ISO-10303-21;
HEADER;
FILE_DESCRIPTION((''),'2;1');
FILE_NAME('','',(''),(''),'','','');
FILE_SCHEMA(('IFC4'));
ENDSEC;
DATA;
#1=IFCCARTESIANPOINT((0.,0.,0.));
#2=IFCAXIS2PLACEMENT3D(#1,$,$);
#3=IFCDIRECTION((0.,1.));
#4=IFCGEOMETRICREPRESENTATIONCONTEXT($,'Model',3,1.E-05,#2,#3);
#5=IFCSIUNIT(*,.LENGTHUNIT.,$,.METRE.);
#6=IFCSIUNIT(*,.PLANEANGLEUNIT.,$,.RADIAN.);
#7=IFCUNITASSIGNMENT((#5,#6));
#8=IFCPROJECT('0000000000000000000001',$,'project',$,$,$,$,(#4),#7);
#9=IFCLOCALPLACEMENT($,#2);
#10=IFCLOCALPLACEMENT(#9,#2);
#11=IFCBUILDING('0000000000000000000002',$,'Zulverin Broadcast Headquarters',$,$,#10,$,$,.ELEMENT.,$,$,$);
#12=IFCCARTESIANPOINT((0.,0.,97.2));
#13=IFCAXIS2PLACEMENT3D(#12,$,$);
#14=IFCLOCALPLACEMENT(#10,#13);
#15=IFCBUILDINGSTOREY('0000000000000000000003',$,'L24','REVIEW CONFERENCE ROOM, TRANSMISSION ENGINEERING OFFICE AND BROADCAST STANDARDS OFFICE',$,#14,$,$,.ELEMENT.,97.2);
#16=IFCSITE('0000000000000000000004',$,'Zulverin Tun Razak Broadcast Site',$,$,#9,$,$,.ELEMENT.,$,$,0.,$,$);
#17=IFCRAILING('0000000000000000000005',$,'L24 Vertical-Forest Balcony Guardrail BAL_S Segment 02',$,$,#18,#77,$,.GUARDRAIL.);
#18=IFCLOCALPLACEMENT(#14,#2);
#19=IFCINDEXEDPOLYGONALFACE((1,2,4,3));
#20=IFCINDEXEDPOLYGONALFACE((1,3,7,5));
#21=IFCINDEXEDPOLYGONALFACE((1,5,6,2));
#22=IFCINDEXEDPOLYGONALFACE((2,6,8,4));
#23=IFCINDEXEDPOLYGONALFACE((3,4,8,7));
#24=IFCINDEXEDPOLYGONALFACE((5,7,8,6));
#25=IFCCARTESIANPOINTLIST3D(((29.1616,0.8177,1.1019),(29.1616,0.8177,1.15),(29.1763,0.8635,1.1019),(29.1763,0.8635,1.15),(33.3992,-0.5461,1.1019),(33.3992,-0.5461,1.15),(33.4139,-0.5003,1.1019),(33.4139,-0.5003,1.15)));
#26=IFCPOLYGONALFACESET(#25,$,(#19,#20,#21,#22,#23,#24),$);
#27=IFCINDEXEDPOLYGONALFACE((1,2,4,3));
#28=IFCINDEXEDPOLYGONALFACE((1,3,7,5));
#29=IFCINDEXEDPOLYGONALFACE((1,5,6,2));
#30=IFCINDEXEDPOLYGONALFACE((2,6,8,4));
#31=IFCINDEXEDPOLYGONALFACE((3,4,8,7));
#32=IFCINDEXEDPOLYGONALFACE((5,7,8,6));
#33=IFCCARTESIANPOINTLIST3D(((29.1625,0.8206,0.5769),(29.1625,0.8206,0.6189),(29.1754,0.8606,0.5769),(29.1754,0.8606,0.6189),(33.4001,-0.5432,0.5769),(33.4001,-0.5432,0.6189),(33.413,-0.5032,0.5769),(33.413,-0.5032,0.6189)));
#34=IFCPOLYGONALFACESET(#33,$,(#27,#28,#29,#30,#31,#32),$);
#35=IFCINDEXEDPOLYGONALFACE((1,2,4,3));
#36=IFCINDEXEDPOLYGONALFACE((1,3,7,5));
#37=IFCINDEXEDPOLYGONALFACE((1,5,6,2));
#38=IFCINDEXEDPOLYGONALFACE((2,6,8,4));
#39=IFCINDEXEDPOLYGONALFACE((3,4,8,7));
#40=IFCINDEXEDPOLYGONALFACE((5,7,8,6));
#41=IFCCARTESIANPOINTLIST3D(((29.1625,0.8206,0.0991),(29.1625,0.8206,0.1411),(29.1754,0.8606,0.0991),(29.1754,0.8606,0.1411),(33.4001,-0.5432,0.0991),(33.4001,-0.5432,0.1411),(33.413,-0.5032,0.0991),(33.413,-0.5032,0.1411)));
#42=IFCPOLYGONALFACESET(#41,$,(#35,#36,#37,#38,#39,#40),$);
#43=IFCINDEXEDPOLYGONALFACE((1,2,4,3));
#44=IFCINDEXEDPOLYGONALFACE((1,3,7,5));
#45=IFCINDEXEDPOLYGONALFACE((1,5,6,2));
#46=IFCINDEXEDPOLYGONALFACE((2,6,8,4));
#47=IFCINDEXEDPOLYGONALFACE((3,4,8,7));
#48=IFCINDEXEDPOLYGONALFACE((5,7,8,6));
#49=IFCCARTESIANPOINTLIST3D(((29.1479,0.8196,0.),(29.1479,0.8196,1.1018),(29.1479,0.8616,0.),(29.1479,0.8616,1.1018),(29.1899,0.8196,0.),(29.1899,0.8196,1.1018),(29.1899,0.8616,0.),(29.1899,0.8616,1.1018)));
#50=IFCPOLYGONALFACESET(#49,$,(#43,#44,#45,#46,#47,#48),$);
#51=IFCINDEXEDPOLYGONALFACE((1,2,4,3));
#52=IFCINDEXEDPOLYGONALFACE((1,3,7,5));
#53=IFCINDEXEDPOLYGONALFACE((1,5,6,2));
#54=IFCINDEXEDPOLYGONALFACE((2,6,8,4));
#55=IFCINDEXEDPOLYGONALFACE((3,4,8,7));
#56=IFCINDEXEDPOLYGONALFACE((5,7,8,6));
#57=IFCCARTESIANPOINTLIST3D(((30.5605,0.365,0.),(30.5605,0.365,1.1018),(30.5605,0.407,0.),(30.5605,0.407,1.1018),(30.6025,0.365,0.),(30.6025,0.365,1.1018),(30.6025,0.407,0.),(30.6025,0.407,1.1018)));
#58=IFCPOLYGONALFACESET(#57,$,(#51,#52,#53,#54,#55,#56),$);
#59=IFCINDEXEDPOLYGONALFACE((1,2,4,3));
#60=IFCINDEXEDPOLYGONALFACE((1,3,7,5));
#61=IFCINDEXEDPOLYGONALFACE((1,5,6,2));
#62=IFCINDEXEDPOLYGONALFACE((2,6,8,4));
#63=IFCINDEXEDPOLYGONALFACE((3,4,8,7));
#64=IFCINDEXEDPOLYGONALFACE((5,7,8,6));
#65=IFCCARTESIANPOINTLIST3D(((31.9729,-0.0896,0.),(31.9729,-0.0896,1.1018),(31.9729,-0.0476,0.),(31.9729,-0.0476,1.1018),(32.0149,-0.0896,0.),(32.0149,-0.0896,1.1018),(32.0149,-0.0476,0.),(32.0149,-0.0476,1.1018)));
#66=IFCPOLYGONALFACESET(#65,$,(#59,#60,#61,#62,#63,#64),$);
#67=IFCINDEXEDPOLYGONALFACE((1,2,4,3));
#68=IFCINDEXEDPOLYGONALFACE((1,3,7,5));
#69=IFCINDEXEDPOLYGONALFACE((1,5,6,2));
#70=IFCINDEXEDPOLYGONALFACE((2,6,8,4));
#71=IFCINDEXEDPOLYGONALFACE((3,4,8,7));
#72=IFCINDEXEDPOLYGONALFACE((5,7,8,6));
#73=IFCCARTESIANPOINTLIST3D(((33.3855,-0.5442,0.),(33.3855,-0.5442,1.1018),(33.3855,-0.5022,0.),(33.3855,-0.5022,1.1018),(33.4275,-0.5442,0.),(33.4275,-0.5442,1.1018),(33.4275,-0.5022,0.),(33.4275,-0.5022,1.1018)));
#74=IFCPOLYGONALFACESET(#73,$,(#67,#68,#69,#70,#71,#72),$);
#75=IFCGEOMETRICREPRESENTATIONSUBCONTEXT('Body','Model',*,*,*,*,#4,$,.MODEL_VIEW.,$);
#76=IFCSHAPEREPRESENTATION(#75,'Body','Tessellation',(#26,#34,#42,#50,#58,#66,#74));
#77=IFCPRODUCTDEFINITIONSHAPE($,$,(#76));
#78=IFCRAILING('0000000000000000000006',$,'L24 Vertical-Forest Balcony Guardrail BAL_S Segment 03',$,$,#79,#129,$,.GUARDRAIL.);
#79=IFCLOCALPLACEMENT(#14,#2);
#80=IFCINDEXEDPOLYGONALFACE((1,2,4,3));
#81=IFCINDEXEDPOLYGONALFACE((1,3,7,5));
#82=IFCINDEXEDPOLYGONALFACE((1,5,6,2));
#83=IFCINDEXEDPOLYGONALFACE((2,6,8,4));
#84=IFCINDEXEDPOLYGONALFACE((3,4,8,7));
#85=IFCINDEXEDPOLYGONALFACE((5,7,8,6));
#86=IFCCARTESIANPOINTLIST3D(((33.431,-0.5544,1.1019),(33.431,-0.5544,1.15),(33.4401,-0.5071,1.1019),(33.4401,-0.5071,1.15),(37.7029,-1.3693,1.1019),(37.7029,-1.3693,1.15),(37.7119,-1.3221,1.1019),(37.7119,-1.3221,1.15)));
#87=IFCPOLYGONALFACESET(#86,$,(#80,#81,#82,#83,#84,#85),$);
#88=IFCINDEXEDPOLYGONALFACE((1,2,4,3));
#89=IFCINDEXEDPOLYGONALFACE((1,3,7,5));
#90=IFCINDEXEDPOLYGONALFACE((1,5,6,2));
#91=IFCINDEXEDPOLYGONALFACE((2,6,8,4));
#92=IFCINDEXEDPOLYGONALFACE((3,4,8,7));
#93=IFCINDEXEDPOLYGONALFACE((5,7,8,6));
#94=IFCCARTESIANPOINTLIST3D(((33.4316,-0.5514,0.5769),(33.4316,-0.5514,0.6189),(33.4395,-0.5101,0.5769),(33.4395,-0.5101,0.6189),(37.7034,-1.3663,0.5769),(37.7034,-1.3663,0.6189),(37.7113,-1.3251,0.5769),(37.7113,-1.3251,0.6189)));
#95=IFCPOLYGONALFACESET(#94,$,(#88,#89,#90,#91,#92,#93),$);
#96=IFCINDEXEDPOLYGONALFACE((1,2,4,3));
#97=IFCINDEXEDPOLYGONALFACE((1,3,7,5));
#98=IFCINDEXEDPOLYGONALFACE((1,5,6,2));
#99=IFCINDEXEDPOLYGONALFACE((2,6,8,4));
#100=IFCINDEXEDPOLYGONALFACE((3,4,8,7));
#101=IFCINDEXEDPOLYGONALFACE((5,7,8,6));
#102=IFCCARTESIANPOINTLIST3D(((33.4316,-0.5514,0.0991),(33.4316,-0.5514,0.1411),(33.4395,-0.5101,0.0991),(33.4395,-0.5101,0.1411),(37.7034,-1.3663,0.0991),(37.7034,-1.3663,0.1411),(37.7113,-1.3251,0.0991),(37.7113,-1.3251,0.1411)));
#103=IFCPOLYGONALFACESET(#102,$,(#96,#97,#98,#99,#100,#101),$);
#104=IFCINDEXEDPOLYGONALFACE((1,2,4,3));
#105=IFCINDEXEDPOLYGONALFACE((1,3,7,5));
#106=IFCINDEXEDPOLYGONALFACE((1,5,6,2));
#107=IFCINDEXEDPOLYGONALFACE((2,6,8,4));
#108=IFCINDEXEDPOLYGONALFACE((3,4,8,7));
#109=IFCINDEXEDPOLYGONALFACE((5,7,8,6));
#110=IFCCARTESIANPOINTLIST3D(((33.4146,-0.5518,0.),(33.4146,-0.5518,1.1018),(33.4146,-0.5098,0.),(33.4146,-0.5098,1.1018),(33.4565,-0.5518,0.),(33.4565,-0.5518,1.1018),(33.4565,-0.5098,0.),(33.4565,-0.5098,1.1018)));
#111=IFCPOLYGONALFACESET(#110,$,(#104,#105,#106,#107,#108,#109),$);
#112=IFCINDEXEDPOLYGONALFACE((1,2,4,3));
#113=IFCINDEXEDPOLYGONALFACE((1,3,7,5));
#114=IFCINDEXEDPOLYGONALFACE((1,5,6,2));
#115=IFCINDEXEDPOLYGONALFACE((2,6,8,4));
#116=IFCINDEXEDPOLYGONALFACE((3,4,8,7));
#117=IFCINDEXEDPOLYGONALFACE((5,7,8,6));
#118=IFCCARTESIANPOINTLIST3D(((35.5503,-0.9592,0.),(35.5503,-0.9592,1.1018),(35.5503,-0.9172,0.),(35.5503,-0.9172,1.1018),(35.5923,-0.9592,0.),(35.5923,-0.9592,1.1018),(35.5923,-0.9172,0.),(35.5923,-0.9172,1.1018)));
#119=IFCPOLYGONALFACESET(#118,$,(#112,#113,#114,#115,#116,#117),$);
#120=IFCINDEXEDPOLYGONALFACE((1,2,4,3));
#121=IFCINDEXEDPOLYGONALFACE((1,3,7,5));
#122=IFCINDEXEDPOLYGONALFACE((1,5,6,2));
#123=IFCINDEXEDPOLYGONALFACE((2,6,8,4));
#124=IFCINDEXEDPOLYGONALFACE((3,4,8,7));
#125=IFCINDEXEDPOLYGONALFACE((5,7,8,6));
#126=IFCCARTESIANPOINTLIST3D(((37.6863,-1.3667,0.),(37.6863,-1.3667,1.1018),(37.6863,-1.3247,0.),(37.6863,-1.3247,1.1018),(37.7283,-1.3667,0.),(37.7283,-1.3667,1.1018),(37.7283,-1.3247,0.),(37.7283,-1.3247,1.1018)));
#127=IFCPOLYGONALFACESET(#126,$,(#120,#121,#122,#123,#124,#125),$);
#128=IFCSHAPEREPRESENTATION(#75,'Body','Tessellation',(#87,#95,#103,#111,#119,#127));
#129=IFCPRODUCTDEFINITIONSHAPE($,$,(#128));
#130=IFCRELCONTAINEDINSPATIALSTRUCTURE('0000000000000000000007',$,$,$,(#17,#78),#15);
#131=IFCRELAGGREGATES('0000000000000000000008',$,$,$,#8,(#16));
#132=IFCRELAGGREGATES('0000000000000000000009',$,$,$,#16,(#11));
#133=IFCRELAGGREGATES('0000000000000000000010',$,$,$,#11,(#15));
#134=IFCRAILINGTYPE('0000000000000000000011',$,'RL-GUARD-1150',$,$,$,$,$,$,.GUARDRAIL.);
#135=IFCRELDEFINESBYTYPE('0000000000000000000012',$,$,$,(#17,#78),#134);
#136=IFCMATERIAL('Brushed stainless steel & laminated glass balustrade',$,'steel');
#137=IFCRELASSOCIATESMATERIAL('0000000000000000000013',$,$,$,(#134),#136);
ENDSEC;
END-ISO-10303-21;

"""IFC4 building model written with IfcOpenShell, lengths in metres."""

from ifc_helpers import new_model, si_unit, direction, frame, origin, origin_2d, place, context, subcontext, project, spatial, rectangle, extrude, material, type_object, element, save


model = new_model("IFC4")

# Units and contexts
model_context = context("Model", 3, precision=1e-05, world=origin(), true_north=direction((0.0, 1.0)))
body_context = subcontext(model_context, "Body", "Model", "MODEL_VIEW")
ifc_project = project(units=[si_unit("LENGTHUNIT", "METRE"), si_unit("PLANEANGLEUNIT", "RADIAN")], contexts=[model_context])

# Site, building, storey
site_placement = place(None, origin())
site = spatial("IfcSite", under=ifc_project, at=site_placement, Name="Zulverin Tun Razak Broadcast Site", CompositionType="ELEMENT", RefElevation=0.0)
building_placement = place(site_placement, origin())
building = spatial("IfcBuilding", under=site, at=building_placement, Name="Zulverin Broadcast Headquarters", CompositionType="ELEMENT")
storey_placement = place(building_placement, frame((0.0, 0.0, 97.2)))
storey = spatial("IfcBuildingStorey", under=building, at=storey_placement, Name="L24", Description="REVIEW CONFERENCE ROOM, TRANSMISSION ENGINEERING OFFICE AND BROADCAST STANDARDS OFFICE", CompositionType="ELEMENT", Elevation=97.2)

# Railings
ifc_material_1 = material(Name="Brushed stainless steel & laminated glass balustrade", Category="steel")
railing_type = type_object("IfcRailingType", Name="RL-GUARD-1150", PredefinedType="GUARDRAIL", material=ifc_material_1)
railing_1_placement = place(storey_placement, frame((29.1689, 0.8406, 0.0)))
element("IfcRailing", 1, at=railing_1_placement, inside=storey, type_object=railing_type, Name="L24 Vertical-Forest Balcony Guardrail BAL_S Segment 02", PredefinedType="GUARDRAIL", context=body_context, shape_type="SweptSolid", body=[
    extrude(rectangle(XDim=0.0481, YDim=0.0481, at=origin_2d()), frame((0.0, 0.0, 1.126), z_axis=(0.951917, -0.306355, 0.0), x_axis=(0.306355, 0.951917, 0.0)), (0.0, 0.0, 1.0), 4.4517),
    extrude(rectangle(XDim=0.042, YDim=0.042, at=origin_2d()), frame((0.0, 0.0, 0.5979), z_axis=(0.951917, -0.306355, 0.0), x_axis=(0.306355, 0.951917, 0.0)), (0.0, 0.0, 1.0), 4.4517),
    extrude(rectangle(XDim=0.042, YDim=0.042, at=origin_2d()), frame((0.0, 0.0, 0.1201), z_axis=(0.951917, -0.306355, 0.0), x_axis=(0.306355, 0.951917, 0.0)), (0.0, 0.0, 1.0), 4.4517),
    extrude(rectangle(XDim=0.042, YDim=0.042, at=origin_2d()), origin(), (0.0, 0.0, 1.0), 1.1018),
    extrude(rectangle(XDim=0.042, YDim=0.042, at=origin_2d()), frame((1.4126, -0.4546, 0.0)), (0.0, 0.0, 1.0), 1.1018),
    extrude(rectangle(XDim=0.042, YDim=0.042, at=origin_2d()), frame((2.825, -0.9092, 0.0)), (0.0, 0.0, 1.0), 1.1018),
    extrude(rectangle(XDim=0.042, YDim=0.042, at=origin_2d()), frame((4.2375, -1.3638, 0.0)), (0.0, 0.0, 1.0), 1.1018),
])
railing_2_placement = place(storey_placement, frame((33.4355, -0.5308, 0.0)))
element("IfcRailing", 2, at=railing_2_placement, inside=storey, type_object=railing_type, Name="L24 Vertical-Forest Balcony Guardrail BAL_S Segment 03", PredefinedType="GUARDRAIL", context=body_context, shape_type="SweptSolid", body=[
    extrude(rectangle(XDim=0.0481, YDim=0.0481, at=origin_2d()), frame((0.0, 0.0, 1.126), z_axis=(0.982284, -0.187396, 0.0), x_axis=(0.187396, 0.982284, 0.0)), (0.0, 0.0, 1.0), 4.3489),
    extrude(rectangle(XDim=0.042, YDim=0.042, at=origin_2d()), frame((0.0, 0.0, 0.5979), z_axis=(0.982284, -0.187396, 0.0), x_axis=(0.187396, 0.982284, 0.0)), (0.0, 0.0, 1.0), 4.3489),
    extrude(rectangle(XDim=0.042, YDim=0.042, at=origin_2d()), frame((0.0, 0.0, 0.1201), z_axis=(0.982284, -0.187396, 0.0), x_axis=(0.187396, 0.982284, 0.0)), (0.0, 0.0, 1.0), 4.3489),
    extrude(rectangle(XDim=0.042, YDim=0.042, at=origin_2d()), origin(), (0.0, 0.0, 1.0), 1.1018),
    extrude(rectangle(XDim=0.042, YDim=0.042, at=origin_2d()), frame((2.1357, -0.4075, 0.0)), (0.0, 0.0, 1.0), 1.1018),
    extrude(rectangle(XDim=0.042, YDim=0.042, at=origin_2d()), frame((4.2717, -0.8149, 0.0)), (0.0, 0.0, 1.0), 1.1018),
])

save(model, "model.ifc")
